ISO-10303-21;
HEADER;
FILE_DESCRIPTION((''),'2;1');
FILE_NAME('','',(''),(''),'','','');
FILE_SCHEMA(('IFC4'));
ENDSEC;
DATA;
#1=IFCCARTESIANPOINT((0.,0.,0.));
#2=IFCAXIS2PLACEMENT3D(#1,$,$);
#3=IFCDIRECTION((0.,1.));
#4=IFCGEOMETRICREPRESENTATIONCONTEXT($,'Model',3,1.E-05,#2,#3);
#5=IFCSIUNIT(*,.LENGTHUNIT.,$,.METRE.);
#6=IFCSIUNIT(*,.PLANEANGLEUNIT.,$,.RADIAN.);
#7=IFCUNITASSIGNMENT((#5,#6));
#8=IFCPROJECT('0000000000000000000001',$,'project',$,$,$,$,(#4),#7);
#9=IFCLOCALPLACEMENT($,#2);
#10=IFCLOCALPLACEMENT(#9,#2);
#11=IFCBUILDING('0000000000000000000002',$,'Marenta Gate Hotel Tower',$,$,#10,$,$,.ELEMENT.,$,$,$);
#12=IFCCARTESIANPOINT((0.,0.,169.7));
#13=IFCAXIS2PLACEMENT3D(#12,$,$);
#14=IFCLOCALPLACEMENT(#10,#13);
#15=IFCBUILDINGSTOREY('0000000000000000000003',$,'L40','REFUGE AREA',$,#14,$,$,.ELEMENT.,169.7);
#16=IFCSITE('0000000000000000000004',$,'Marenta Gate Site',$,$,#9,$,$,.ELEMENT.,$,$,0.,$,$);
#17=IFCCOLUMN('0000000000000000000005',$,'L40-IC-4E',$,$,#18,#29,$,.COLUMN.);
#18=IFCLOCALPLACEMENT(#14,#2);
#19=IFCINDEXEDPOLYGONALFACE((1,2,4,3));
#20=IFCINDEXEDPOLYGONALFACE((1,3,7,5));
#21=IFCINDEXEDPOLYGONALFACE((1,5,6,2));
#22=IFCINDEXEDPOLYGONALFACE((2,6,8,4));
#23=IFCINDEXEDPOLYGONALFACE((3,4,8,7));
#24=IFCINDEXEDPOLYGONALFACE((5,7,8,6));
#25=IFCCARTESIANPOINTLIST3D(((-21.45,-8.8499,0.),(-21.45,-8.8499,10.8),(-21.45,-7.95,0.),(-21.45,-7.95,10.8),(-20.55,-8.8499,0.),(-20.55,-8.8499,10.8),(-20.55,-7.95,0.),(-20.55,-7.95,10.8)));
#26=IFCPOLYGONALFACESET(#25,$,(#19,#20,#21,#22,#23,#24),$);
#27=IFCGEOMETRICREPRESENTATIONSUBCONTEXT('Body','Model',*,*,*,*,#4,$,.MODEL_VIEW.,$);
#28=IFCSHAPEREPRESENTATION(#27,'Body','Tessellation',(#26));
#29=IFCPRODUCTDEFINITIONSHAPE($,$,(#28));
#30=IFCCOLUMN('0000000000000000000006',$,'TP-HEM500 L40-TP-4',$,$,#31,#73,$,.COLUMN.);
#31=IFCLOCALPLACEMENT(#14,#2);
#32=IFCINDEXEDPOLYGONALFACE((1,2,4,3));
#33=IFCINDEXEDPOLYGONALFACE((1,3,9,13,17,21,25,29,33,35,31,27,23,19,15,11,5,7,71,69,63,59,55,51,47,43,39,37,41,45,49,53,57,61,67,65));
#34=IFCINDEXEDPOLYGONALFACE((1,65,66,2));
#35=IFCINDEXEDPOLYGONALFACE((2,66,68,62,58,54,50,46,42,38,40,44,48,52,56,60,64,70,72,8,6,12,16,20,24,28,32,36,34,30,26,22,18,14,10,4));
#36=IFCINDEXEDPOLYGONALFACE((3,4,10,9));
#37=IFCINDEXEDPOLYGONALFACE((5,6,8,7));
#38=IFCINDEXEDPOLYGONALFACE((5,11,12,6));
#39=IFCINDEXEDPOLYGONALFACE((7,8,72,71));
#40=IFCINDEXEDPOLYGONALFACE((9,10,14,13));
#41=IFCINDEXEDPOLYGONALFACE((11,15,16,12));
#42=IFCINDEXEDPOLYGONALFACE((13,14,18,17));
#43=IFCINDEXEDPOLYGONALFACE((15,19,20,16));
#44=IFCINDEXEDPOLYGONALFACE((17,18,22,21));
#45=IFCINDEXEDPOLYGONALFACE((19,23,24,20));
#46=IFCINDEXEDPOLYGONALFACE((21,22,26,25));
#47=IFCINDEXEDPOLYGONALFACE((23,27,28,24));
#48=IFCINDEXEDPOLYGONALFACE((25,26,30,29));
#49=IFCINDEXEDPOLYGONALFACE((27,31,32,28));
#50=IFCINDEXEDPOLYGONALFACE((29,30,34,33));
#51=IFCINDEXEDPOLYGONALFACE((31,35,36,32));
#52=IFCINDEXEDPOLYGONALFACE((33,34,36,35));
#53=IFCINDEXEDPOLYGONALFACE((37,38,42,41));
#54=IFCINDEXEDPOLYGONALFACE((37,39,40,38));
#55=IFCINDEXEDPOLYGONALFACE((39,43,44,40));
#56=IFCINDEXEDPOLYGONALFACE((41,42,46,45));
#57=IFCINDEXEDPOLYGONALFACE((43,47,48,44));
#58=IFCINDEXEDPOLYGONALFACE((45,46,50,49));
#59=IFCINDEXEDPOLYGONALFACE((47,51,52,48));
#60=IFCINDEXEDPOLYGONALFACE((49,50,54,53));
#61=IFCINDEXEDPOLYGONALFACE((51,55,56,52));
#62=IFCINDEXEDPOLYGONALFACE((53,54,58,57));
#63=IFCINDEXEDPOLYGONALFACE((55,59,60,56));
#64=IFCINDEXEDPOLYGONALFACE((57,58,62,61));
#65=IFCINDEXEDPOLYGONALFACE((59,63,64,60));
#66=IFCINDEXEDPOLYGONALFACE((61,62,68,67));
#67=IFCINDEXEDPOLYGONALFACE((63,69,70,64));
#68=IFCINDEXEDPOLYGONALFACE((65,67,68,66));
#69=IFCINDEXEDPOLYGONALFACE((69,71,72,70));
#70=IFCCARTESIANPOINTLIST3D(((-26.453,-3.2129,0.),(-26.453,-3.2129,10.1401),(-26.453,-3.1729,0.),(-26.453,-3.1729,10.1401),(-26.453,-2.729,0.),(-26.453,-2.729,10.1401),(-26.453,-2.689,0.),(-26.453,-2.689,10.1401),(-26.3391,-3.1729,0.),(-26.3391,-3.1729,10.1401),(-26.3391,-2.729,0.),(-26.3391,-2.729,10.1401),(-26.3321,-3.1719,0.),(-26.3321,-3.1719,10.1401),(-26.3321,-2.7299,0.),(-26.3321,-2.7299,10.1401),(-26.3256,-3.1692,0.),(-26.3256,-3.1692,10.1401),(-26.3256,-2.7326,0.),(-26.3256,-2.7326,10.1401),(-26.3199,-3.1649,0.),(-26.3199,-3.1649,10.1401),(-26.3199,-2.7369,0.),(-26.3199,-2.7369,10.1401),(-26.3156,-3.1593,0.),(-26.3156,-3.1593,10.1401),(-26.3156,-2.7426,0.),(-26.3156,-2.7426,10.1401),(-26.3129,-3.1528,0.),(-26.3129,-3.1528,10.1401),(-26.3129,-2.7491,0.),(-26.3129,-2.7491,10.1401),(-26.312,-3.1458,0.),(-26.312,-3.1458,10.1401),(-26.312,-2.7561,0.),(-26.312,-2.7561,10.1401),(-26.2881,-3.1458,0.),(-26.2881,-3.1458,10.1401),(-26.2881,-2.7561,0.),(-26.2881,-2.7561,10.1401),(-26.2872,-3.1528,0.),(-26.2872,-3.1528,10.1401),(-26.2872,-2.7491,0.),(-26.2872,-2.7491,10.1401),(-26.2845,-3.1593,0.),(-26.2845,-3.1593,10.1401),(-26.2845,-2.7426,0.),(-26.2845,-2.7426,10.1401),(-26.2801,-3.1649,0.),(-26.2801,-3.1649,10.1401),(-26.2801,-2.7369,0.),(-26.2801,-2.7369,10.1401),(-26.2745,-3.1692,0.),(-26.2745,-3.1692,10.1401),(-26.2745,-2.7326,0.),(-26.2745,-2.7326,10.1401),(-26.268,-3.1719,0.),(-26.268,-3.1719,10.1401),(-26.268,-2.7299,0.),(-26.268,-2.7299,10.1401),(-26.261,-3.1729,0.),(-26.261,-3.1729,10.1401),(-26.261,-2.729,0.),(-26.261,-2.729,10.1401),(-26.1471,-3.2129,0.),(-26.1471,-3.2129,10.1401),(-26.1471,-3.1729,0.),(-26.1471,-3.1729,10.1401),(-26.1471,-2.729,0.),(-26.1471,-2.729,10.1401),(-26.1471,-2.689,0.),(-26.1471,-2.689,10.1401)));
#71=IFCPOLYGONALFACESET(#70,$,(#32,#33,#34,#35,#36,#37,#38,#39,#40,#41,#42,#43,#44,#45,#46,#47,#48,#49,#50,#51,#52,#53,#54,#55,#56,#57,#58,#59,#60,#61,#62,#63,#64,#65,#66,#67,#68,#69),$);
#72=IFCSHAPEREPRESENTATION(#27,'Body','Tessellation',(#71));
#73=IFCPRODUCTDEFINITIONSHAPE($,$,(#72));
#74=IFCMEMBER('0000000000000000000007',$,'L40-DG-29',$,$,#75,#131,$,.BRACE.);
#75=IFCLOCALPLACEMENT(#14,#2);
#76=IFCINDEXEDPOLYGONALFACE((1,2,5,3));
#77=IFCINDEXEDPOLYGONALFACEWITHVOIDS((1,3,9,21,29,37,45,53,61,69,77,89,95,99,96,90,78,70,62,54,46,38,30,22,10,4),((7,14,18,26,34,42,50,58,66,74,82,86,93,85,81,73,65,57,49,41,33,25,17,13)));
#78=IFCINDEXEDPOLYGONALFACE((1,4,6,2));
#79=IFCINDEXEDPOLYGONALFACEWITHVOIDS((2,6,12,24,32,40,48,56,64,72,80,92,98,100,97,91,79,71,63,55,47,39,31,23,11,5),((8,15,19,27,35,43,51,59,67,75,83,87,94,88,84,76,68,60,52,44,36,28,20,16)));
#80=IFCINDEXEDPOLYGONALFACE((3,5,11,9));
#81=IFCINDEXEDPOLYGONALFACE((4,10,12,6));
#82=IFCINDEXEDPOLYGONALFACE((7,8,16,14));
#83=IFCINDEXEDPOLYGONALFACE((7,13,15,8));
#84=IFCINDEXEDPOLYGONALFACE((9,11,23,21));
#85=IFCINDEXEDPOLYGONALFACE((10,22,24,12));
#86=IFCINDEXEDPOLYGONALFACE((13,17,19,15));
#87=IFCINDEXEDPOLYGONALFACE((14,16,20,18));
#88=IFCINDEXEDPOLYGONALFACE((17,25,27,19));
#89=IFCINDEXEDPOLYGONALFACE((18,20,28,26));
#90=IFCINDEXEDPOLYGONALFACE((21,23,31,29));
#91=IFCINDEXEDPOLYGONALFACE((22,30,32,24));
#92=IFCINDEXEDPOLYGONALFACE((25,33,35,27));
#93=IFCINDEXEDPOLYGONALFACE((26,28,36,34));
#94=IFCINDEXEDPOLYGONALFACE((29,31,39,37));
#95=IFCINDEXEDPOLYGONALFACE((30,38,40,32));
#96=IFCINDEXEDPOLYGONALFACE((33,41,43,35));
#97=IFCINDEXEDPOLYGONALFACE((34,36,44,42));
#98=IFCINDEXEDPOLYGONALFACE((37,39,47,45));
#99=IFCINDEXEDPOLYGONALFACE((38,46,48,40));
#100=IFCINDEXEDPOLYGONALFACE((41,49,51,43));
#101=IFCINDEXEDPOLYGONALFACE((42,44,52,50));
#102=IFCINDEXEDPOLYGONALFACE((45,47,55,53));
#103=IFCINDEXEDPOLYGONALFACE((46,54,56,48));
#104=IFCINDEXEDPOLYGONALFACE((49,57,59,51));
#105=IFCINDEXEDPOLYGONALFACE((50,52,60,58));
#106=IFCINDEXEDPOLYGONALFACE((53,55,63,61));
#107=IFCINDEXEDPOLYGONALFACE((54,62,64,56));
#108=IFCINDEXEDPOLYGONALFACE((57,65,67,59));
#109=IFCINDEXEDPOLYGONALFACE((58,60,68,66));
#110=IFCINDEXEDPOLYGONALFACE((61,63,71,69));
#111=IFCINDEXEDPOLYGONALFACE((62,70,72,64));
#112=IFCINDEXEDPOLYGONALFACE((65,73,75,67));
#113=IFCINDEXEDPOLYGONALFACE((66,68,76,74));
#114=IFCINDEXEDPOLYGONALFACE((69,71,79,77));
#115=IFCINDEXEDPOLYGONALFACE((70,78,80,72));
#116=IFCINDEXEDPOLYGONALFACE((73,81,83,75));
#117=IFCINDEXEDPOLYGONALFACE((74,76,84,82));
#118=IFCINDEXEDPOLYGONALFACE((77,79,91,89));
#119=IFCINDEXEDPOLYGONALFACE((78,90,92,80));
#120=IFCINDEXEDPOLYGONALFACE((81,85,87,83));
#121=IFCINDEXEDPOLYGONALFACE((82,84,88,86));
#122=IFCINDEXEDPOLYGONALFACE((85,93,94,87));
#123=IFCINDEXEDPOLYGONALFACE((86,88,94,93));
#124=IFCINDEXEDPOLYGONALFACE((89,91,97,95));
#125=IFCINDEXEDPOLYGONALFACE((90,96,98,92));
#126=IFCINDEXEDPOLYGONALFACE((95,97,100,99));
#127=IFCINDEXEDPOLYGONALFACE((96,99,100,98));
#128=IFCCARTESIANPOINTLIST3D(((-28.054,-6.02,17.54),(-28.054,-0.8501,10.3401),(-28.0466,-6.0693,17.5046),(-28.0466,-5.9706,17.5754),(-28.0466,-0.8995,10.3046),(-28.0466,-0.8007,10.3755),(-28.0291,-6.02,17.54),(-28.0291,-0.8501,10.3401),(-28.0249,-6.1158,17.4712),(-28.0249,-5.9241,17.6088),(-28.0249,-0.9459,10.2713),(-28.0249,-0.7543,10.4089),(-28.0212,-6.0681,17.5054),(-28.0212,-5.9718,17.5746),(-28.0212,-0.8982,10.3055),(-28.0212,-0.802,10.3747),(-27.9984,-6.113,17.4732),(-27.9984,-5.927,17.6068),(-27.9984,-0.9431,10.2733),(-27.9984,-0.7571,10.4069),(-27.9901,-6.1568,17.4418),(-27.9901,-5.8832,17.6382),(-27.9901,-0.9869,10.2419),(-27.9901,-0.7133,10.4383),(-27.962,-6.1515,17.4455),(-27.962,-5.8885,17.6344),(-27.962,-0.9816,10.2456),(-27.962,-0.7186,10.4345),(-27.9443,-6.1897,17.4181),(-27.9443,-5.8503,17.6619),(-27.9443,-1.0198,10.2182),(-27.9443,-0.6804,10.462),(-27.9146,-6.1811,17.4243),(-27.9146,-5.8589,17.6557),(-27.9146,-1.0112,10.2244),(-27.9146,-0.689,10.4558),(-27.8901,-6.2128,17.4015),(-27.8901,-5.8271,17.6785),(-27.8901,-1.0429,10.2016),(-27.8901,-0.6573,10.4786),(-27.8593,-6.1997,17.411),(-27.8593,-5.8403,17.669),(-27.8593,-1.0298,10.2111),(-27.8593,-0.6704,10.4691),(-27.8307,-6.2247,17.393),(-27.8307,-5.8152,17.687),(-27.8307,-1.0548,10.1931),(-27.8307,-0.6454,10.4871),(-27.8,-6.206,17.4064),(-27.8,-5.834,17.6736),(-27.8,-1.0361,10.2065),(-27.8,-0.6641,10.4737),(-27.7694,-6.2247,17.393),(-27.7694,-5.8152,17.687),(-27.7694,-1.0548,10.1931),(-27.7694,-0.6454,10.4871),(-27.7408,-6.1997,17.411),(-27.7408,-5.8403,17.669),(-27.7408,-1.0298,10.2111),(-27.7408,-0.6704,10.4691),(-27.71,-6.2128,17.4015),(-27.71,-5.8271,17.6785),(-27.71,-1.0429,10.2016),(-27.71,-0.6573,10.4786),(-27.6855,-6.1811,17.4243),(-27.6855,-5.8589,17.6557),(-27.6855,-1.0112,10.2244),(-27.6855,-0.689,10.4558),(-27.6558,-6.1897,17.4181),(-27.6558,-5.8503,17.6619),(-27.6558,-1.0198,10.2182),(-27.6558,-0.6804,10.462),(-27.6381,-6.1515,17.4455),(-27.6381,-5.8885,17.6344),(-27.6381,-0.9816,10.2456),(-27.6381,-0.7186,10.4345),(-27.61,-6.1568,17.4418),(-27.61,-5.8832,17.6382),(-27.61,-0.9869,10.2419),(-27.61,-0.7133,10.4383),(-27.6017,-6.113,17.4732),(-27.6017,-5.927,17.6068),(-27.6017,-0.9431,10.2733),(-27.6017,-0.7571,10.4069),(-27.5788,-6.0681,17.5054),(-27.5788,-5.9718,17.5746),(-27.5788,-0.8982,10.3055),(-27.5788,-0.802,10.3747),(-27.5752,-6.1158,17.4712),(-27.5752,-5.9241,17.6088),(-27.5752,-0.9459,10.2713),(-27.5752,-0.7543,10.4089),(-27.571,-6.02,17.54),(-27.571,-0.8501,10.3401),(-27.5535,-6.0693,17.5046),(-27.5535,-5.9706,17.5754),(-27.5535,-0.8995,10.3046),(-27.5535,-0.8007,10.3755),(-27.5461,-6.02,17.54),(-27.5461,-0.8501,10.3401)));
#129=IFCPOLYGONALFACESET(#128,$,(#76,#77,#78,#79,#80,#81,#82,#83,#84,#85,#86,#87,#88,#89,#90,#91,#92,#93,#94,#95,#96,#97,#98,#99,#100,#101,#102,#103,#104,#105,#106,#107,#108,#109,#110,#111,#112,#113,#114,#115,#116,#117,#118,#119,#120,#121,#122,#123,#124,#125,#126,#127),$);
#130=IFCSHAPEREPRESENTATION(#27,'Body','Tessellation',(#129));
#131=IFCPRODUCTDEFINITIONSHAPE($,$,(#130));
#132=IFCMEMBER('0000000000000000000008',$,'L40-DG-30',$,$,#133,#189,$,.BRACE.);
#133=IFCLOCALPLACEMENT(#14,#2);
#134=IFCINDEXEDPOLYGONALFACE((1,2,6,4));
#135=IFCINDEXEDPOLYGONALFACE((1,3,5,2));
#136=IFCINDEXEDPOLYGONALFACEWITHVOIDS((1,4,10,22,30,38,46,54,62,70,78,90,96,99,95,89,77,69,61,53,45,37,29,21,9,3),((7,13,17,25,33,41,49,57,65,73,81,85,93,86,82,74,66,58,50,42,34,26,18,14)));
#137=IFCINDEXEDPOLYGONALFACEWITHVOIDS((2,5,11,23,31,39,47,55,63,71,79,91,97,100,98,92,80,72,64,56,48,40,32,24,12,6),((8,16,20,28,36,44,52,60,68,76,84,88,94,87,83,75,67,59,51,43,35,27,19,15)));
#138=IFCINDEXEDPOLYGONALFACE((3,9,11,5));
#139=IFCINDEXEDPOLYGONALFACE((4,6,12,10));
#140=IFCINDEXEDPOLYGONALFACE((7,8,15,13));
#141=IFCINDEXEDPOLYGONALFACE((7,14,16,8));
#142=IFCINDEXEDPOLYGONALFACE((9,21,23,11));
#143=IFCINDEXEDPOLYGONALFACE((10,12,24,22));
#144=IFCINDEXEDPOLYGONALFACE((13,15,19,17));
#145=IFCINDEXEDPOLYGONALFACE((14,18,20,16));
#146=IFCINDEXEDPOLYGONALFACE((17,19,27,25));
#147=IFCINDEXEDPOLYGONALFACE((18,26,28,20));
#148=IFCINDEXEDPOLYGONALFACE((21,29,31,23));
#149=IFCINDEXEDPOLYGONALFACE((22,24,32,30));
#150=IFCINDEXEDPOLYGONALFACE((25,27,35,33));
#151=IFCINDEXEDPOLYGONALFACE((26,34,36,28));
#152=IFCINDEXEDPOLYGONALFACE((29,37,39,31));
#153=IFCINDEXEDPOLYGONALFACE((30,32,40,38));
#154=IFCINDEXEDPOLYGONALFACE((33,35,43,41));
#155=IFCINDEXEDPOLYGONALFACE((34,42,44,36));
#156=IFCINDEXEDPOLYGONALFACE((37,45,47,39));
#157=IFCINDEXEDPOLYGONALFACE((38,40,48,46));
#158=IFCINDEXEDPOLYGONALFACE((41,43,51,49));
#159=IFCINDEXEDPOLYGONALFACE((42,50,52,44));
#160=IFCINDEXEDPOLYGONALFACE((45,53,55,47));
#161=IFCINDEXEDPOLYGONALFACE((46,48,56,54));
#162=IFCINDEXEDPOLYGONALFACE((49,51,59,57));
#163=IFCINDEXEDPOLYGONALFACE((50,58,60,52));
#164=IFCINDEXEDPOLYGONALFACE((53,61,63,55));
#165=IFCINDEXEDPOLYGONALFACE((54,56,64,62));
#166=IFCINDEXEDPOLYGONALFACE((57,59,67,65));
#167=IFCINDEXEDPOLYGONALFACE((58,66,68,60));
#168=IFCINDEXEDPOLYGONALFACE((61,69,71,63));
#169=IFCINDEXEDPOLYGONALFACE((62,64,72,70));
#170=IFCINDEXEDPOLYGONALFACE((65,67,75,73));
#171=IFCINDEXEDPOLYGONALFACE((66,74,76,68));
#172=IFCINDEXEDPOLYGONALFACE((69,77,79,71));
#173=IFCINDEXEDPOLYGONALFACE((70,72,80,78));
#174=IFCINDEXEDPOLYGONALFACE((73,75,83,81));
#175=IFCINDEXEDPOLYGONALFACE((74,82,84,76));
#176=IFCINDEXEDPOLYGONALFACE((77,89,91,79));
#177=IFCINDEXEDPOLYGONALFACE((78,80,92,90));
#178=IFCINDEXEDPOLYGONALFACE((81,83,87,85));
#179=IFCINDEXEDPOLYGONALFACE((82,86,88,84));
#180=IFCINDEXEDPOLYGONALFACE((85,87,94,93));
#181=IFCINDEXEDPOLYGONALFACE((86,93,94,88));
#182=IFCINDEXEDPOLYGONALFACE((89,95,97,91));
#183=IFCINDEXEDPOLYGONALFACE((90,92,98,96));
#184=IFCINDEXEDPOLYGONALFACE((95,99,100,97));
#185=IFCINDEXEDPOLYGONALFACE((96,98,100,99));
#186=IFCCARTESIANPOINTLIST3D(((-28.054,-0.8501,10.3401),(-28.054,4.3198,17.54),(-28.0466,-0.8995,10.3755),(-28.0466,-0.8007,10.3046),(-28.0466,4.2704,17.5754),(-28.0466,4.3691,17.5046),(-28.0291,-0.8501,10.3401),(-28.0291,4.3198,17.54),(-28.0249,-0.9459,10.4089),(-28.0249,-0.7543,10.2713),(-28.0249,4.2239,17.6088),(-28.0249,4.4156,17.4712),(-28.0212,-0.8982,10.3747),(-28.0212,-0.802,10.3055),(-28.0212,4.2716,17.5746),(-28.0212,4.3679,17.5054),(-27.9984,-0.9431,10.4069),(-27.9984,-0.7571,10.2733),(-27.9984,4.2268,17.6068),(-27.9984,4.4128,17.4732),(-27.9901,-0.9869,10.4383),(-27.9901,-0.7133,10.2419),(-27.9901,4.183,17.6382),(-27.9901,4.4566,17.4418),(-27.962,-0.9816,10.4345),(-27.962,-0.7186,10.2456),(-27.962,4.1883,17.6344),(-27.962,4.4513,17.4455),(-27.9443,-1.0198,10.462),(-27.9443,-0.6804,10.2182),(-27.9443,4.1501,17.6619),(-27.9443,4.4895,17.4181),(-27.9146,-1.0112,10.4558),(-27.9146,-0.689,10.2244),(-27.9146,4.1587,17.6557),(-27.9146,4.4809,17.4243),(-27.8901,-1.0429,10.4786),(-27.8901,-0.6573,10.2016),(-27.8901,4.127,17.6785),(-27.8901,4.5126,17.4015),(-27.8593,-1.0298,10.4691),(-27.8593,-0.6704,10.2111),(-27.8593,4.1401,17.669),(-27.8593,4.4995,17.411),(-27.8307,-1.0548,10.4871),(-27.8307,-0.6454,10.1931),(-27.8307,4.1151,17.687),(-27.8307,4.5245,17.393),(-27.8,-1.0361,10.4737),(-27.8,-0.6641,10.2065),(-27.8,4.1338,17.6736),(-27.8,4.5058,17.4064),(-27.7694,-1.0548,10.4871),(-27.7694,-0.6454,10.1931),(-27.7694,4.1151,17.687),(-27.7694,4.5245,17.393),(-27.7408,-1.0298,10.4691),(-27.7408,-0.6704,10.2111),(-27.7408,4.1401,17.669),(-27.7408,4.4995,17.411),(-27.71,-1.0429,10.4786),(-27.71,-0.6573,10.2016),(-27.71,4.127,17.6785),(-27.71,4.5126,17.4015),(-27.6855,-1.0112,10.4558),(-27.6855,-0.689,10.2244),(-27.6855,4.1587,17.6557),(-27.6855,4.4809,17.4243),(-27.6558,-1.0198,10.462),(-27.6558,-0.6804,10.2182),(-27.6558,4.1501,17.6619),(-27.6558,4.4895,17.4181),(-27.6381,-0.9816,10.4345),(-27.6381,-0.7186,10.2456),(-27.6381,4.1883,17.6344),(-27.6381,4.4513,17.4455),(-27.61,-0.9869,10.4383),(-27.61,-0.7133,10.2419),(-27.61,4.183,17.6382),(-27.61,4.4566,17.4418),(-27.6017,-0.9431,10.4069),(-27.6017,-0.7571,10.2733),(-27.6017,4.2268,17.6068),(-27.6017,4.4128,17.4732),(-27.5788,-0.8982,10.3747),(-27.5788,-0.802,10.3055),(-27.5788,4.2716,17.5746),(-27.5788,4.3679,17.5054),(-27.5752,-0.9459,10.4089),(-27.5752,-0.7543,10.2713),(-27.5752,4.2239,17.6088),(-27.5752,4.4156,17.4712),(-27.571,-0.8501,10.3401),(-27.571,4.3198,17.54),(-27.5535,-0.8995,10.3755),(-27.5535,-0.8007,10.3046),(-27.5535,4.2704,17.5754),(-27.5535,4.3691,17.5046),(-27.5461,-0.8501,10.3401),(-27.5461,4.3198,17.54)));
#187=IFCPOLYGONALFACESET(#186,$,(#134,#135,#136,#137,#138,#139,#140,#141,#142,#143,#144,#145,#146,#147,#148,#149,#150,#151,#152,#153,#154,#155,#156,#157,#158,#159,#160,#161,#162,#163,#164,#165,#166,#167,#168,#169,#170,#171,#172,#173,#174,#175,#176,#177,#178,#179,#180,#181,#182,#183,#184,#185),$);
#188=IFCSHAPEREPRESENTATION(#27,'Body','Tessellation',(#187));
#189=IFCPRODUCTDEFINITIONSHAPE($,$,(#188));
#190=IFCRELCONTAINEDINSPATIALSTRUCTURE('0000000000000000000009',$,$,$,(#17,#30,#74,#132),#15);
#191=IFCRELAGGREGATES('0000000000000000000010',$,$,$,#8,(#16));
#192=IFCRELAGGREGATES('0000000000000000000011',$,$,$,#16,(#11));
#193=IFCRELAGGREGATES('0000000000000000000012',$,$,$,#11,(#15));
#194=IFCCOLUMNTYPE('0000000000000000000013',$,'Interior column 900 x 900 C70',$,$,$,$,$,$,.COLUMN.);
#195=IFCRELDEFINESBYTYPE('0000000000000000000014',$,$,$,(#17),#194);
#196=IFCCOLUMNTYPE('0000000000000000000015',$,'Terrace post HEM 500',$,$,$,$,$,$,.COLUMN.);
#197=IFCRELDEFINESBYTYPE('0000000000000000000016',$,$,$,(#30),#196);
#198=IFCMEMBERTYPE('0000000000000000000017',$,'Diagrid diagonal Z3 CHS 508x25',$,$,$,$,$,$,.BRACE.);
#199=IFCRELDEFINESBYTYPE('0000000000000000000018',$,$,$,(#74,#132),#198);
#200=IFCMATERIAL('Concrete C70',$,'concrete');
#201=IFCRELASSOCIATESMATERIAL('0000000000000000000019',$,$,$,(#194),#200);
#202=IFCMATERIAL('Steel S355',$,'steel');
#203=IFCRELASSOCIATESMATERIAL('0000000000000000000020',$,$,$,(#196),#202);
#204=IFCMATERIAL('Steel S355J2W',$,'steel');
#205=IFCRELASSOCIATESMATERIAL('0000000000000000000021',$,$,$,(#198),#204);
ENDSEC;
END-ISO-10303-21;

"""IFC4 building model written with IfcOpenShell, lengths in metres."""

from ifc_helpers import new_model, si_unit, direction, frame, origin, origin_2d, place, context, subcontext, project, spatial, rectangle, hollow_circle, i_section, extrude, material, material_profile, profile_set, type_object, element, save


model = new_model("IFC4")

# Units and contexts
model_context = context("Model", 3, precision=1e-05, world=origin(), true_north=direction((0.0, 1.0)))
body_context = subcontext(model_context, "Body", "Model", "MODEL_VIEW")
ifc_project = project(units=[si_unit("LENGTHUNIT", "METRE"), si_unit("PLANEANGLEUNIT", "RADIAN")], contexts=[model_context])

# Site, building, storey
site_placement = place(None, origin())
site = spatial("IfcSite", under=ifc_project, at=site_placement, Name="Marenta Gate Site", CompositionType="ELEMENT", RefElevation=0.0)
building_placement = place(site_placement, origin())
building = spatial("IfcBuilding", under=site, at=building_placement, Name="Marenta Gate Hotel Tower", CompositionType="ELEMENT")
storey_placement = place(building_placement, frame((0.0, 0.0, 169.7)))
storey = spatial("IfcBuildingStorey", under=building, at=storey_placement, Name="L40", Description="REFUGE AREA", CompositionType="ELEMENT", Elevation=169.7)

# Columns
ifc_material_1 = material(Name="Concrete C70", Category="concrete")
ifc_material_profile_1 = material_profile(ifc_material_1, rectangle(XDim=0.8999, YDim=0.8999, at=origin_2d()), Name="900 x 900")
ifc_profile_set_1 = profile_set([ifc_material_profile_1], Name="Concrete C70")
column_type_1 = type_object("IfcColumnType", Name="Interior column 900 x 900 C70", PredefinedType="COLUMN", material=ifc_profile_set_1)
column_1_placement = place(storey_placement, frame((-21.0, -8.3999, 0.0), z_axis=(0.0, 0.0, 1.0), x_axis=(1.0, 0.0, 0.0)))
element("IfcColumn", 1, at=column_1_placement, inside=storey, type_object=column_type_1, Name="L40-IC-4E", PredefinedType="COLUMN", context=body_context, shape_type="SweptSolid", body=[
    extrude(rectangle(XDim=0.8999, YDim=0.8999, at=origin_2d()), origin(), (0.0, 0.0, 1.0), 10.8),
])
ifc_material_2 = material(Name="Steel S355", Category="steel")
ifc_material_profile_2 = material_profile(ifc_material_2, i_section(OverallWidth=0.3059, OverallDepth=0.5239, WebThickness=0.0239, FlangeThickness=0.04, FilletRadius=0.0271, at=origin_2d()), Name="HEM 500")
ifc_profile_set_2 = profile_set([ifc_material_profile_2], Name="Steel S355")
column_type_2 = type_object("IfcColumnType", Name="Terrace post HEM 500", PredefinedType="COLUMN", material=ifc_profile_set_2)
column_2_placement = place(storey_placement, frame((-26.3, -2.9509, 0.0), z_axis=(0.0, 0.0, 1.0), x_axis=(1.0, 0.0, 0.0)))
element("IfcColumn", 2, at=column_2_placement, inside=storey, type_object=column_type_2, Name="TP-HEM500 L40-TP-4", PredefinedType="COLUMN", context=body_context, shape_type="SweptSolid", body=[
    extrude(i_section(OverallWidth=0.3059, OverallDepth=0.5239, WebThickness=0.0239, FlangeThickness=0.04, FilletRadius=0.0271, at=origin_2d()), origin(), (0.0, 0.0, 1.0), 10.1401),
])

# Members
ifc_material_3 = material(Name="Steel S355J2W", Category="steel")
ifc_material_profile_3 = material_profile(ifc_material_3, hollow_circle(Radius=0.2539, WallThickness=0.0249, at=origin_2d()), Name="CHS 508x25")
ifc_profile_set_3 = profile_set([ifc_material_profile_3], Name="Steel S355J2W")
member_type_1 = type_object("IfcMemberType", Name="Diagrid diagonal Z3 CHS 508x25", PredefinedType="BRACE", material=ifc_profile_set_3)
for number, where, z_axis, x_axis, name in (
    (3, (-27.8, -0.8501, 10.3401), (0.0, -0.583261, 0.812285), (1.0, 0.0, 0.0), "L40-DG-29"),
    (4, (-27.8, -0.8501, 10.3401), (0.0, 0.583261, 0.812285), (-1.0, 0.0, 0.0), "L40-DG-30"),
):
    element("IfcMember", number, at=place(storey_placement, frame(where, z_axis=z_axis, x_axis=x_axis)), inside=storey, type_object=member_type_1, Name=name, PredefinedType="BRACE", context=body_context, shape_type="SweptSolid", body=[
        extrude(hollow_circle(Radius=0.2539, WallThickness=0.0249, at=origin_2d()), origin(), (0.0, 0.0, 1.0), 8.8638),
    ])

save(model, "model.ifc")
